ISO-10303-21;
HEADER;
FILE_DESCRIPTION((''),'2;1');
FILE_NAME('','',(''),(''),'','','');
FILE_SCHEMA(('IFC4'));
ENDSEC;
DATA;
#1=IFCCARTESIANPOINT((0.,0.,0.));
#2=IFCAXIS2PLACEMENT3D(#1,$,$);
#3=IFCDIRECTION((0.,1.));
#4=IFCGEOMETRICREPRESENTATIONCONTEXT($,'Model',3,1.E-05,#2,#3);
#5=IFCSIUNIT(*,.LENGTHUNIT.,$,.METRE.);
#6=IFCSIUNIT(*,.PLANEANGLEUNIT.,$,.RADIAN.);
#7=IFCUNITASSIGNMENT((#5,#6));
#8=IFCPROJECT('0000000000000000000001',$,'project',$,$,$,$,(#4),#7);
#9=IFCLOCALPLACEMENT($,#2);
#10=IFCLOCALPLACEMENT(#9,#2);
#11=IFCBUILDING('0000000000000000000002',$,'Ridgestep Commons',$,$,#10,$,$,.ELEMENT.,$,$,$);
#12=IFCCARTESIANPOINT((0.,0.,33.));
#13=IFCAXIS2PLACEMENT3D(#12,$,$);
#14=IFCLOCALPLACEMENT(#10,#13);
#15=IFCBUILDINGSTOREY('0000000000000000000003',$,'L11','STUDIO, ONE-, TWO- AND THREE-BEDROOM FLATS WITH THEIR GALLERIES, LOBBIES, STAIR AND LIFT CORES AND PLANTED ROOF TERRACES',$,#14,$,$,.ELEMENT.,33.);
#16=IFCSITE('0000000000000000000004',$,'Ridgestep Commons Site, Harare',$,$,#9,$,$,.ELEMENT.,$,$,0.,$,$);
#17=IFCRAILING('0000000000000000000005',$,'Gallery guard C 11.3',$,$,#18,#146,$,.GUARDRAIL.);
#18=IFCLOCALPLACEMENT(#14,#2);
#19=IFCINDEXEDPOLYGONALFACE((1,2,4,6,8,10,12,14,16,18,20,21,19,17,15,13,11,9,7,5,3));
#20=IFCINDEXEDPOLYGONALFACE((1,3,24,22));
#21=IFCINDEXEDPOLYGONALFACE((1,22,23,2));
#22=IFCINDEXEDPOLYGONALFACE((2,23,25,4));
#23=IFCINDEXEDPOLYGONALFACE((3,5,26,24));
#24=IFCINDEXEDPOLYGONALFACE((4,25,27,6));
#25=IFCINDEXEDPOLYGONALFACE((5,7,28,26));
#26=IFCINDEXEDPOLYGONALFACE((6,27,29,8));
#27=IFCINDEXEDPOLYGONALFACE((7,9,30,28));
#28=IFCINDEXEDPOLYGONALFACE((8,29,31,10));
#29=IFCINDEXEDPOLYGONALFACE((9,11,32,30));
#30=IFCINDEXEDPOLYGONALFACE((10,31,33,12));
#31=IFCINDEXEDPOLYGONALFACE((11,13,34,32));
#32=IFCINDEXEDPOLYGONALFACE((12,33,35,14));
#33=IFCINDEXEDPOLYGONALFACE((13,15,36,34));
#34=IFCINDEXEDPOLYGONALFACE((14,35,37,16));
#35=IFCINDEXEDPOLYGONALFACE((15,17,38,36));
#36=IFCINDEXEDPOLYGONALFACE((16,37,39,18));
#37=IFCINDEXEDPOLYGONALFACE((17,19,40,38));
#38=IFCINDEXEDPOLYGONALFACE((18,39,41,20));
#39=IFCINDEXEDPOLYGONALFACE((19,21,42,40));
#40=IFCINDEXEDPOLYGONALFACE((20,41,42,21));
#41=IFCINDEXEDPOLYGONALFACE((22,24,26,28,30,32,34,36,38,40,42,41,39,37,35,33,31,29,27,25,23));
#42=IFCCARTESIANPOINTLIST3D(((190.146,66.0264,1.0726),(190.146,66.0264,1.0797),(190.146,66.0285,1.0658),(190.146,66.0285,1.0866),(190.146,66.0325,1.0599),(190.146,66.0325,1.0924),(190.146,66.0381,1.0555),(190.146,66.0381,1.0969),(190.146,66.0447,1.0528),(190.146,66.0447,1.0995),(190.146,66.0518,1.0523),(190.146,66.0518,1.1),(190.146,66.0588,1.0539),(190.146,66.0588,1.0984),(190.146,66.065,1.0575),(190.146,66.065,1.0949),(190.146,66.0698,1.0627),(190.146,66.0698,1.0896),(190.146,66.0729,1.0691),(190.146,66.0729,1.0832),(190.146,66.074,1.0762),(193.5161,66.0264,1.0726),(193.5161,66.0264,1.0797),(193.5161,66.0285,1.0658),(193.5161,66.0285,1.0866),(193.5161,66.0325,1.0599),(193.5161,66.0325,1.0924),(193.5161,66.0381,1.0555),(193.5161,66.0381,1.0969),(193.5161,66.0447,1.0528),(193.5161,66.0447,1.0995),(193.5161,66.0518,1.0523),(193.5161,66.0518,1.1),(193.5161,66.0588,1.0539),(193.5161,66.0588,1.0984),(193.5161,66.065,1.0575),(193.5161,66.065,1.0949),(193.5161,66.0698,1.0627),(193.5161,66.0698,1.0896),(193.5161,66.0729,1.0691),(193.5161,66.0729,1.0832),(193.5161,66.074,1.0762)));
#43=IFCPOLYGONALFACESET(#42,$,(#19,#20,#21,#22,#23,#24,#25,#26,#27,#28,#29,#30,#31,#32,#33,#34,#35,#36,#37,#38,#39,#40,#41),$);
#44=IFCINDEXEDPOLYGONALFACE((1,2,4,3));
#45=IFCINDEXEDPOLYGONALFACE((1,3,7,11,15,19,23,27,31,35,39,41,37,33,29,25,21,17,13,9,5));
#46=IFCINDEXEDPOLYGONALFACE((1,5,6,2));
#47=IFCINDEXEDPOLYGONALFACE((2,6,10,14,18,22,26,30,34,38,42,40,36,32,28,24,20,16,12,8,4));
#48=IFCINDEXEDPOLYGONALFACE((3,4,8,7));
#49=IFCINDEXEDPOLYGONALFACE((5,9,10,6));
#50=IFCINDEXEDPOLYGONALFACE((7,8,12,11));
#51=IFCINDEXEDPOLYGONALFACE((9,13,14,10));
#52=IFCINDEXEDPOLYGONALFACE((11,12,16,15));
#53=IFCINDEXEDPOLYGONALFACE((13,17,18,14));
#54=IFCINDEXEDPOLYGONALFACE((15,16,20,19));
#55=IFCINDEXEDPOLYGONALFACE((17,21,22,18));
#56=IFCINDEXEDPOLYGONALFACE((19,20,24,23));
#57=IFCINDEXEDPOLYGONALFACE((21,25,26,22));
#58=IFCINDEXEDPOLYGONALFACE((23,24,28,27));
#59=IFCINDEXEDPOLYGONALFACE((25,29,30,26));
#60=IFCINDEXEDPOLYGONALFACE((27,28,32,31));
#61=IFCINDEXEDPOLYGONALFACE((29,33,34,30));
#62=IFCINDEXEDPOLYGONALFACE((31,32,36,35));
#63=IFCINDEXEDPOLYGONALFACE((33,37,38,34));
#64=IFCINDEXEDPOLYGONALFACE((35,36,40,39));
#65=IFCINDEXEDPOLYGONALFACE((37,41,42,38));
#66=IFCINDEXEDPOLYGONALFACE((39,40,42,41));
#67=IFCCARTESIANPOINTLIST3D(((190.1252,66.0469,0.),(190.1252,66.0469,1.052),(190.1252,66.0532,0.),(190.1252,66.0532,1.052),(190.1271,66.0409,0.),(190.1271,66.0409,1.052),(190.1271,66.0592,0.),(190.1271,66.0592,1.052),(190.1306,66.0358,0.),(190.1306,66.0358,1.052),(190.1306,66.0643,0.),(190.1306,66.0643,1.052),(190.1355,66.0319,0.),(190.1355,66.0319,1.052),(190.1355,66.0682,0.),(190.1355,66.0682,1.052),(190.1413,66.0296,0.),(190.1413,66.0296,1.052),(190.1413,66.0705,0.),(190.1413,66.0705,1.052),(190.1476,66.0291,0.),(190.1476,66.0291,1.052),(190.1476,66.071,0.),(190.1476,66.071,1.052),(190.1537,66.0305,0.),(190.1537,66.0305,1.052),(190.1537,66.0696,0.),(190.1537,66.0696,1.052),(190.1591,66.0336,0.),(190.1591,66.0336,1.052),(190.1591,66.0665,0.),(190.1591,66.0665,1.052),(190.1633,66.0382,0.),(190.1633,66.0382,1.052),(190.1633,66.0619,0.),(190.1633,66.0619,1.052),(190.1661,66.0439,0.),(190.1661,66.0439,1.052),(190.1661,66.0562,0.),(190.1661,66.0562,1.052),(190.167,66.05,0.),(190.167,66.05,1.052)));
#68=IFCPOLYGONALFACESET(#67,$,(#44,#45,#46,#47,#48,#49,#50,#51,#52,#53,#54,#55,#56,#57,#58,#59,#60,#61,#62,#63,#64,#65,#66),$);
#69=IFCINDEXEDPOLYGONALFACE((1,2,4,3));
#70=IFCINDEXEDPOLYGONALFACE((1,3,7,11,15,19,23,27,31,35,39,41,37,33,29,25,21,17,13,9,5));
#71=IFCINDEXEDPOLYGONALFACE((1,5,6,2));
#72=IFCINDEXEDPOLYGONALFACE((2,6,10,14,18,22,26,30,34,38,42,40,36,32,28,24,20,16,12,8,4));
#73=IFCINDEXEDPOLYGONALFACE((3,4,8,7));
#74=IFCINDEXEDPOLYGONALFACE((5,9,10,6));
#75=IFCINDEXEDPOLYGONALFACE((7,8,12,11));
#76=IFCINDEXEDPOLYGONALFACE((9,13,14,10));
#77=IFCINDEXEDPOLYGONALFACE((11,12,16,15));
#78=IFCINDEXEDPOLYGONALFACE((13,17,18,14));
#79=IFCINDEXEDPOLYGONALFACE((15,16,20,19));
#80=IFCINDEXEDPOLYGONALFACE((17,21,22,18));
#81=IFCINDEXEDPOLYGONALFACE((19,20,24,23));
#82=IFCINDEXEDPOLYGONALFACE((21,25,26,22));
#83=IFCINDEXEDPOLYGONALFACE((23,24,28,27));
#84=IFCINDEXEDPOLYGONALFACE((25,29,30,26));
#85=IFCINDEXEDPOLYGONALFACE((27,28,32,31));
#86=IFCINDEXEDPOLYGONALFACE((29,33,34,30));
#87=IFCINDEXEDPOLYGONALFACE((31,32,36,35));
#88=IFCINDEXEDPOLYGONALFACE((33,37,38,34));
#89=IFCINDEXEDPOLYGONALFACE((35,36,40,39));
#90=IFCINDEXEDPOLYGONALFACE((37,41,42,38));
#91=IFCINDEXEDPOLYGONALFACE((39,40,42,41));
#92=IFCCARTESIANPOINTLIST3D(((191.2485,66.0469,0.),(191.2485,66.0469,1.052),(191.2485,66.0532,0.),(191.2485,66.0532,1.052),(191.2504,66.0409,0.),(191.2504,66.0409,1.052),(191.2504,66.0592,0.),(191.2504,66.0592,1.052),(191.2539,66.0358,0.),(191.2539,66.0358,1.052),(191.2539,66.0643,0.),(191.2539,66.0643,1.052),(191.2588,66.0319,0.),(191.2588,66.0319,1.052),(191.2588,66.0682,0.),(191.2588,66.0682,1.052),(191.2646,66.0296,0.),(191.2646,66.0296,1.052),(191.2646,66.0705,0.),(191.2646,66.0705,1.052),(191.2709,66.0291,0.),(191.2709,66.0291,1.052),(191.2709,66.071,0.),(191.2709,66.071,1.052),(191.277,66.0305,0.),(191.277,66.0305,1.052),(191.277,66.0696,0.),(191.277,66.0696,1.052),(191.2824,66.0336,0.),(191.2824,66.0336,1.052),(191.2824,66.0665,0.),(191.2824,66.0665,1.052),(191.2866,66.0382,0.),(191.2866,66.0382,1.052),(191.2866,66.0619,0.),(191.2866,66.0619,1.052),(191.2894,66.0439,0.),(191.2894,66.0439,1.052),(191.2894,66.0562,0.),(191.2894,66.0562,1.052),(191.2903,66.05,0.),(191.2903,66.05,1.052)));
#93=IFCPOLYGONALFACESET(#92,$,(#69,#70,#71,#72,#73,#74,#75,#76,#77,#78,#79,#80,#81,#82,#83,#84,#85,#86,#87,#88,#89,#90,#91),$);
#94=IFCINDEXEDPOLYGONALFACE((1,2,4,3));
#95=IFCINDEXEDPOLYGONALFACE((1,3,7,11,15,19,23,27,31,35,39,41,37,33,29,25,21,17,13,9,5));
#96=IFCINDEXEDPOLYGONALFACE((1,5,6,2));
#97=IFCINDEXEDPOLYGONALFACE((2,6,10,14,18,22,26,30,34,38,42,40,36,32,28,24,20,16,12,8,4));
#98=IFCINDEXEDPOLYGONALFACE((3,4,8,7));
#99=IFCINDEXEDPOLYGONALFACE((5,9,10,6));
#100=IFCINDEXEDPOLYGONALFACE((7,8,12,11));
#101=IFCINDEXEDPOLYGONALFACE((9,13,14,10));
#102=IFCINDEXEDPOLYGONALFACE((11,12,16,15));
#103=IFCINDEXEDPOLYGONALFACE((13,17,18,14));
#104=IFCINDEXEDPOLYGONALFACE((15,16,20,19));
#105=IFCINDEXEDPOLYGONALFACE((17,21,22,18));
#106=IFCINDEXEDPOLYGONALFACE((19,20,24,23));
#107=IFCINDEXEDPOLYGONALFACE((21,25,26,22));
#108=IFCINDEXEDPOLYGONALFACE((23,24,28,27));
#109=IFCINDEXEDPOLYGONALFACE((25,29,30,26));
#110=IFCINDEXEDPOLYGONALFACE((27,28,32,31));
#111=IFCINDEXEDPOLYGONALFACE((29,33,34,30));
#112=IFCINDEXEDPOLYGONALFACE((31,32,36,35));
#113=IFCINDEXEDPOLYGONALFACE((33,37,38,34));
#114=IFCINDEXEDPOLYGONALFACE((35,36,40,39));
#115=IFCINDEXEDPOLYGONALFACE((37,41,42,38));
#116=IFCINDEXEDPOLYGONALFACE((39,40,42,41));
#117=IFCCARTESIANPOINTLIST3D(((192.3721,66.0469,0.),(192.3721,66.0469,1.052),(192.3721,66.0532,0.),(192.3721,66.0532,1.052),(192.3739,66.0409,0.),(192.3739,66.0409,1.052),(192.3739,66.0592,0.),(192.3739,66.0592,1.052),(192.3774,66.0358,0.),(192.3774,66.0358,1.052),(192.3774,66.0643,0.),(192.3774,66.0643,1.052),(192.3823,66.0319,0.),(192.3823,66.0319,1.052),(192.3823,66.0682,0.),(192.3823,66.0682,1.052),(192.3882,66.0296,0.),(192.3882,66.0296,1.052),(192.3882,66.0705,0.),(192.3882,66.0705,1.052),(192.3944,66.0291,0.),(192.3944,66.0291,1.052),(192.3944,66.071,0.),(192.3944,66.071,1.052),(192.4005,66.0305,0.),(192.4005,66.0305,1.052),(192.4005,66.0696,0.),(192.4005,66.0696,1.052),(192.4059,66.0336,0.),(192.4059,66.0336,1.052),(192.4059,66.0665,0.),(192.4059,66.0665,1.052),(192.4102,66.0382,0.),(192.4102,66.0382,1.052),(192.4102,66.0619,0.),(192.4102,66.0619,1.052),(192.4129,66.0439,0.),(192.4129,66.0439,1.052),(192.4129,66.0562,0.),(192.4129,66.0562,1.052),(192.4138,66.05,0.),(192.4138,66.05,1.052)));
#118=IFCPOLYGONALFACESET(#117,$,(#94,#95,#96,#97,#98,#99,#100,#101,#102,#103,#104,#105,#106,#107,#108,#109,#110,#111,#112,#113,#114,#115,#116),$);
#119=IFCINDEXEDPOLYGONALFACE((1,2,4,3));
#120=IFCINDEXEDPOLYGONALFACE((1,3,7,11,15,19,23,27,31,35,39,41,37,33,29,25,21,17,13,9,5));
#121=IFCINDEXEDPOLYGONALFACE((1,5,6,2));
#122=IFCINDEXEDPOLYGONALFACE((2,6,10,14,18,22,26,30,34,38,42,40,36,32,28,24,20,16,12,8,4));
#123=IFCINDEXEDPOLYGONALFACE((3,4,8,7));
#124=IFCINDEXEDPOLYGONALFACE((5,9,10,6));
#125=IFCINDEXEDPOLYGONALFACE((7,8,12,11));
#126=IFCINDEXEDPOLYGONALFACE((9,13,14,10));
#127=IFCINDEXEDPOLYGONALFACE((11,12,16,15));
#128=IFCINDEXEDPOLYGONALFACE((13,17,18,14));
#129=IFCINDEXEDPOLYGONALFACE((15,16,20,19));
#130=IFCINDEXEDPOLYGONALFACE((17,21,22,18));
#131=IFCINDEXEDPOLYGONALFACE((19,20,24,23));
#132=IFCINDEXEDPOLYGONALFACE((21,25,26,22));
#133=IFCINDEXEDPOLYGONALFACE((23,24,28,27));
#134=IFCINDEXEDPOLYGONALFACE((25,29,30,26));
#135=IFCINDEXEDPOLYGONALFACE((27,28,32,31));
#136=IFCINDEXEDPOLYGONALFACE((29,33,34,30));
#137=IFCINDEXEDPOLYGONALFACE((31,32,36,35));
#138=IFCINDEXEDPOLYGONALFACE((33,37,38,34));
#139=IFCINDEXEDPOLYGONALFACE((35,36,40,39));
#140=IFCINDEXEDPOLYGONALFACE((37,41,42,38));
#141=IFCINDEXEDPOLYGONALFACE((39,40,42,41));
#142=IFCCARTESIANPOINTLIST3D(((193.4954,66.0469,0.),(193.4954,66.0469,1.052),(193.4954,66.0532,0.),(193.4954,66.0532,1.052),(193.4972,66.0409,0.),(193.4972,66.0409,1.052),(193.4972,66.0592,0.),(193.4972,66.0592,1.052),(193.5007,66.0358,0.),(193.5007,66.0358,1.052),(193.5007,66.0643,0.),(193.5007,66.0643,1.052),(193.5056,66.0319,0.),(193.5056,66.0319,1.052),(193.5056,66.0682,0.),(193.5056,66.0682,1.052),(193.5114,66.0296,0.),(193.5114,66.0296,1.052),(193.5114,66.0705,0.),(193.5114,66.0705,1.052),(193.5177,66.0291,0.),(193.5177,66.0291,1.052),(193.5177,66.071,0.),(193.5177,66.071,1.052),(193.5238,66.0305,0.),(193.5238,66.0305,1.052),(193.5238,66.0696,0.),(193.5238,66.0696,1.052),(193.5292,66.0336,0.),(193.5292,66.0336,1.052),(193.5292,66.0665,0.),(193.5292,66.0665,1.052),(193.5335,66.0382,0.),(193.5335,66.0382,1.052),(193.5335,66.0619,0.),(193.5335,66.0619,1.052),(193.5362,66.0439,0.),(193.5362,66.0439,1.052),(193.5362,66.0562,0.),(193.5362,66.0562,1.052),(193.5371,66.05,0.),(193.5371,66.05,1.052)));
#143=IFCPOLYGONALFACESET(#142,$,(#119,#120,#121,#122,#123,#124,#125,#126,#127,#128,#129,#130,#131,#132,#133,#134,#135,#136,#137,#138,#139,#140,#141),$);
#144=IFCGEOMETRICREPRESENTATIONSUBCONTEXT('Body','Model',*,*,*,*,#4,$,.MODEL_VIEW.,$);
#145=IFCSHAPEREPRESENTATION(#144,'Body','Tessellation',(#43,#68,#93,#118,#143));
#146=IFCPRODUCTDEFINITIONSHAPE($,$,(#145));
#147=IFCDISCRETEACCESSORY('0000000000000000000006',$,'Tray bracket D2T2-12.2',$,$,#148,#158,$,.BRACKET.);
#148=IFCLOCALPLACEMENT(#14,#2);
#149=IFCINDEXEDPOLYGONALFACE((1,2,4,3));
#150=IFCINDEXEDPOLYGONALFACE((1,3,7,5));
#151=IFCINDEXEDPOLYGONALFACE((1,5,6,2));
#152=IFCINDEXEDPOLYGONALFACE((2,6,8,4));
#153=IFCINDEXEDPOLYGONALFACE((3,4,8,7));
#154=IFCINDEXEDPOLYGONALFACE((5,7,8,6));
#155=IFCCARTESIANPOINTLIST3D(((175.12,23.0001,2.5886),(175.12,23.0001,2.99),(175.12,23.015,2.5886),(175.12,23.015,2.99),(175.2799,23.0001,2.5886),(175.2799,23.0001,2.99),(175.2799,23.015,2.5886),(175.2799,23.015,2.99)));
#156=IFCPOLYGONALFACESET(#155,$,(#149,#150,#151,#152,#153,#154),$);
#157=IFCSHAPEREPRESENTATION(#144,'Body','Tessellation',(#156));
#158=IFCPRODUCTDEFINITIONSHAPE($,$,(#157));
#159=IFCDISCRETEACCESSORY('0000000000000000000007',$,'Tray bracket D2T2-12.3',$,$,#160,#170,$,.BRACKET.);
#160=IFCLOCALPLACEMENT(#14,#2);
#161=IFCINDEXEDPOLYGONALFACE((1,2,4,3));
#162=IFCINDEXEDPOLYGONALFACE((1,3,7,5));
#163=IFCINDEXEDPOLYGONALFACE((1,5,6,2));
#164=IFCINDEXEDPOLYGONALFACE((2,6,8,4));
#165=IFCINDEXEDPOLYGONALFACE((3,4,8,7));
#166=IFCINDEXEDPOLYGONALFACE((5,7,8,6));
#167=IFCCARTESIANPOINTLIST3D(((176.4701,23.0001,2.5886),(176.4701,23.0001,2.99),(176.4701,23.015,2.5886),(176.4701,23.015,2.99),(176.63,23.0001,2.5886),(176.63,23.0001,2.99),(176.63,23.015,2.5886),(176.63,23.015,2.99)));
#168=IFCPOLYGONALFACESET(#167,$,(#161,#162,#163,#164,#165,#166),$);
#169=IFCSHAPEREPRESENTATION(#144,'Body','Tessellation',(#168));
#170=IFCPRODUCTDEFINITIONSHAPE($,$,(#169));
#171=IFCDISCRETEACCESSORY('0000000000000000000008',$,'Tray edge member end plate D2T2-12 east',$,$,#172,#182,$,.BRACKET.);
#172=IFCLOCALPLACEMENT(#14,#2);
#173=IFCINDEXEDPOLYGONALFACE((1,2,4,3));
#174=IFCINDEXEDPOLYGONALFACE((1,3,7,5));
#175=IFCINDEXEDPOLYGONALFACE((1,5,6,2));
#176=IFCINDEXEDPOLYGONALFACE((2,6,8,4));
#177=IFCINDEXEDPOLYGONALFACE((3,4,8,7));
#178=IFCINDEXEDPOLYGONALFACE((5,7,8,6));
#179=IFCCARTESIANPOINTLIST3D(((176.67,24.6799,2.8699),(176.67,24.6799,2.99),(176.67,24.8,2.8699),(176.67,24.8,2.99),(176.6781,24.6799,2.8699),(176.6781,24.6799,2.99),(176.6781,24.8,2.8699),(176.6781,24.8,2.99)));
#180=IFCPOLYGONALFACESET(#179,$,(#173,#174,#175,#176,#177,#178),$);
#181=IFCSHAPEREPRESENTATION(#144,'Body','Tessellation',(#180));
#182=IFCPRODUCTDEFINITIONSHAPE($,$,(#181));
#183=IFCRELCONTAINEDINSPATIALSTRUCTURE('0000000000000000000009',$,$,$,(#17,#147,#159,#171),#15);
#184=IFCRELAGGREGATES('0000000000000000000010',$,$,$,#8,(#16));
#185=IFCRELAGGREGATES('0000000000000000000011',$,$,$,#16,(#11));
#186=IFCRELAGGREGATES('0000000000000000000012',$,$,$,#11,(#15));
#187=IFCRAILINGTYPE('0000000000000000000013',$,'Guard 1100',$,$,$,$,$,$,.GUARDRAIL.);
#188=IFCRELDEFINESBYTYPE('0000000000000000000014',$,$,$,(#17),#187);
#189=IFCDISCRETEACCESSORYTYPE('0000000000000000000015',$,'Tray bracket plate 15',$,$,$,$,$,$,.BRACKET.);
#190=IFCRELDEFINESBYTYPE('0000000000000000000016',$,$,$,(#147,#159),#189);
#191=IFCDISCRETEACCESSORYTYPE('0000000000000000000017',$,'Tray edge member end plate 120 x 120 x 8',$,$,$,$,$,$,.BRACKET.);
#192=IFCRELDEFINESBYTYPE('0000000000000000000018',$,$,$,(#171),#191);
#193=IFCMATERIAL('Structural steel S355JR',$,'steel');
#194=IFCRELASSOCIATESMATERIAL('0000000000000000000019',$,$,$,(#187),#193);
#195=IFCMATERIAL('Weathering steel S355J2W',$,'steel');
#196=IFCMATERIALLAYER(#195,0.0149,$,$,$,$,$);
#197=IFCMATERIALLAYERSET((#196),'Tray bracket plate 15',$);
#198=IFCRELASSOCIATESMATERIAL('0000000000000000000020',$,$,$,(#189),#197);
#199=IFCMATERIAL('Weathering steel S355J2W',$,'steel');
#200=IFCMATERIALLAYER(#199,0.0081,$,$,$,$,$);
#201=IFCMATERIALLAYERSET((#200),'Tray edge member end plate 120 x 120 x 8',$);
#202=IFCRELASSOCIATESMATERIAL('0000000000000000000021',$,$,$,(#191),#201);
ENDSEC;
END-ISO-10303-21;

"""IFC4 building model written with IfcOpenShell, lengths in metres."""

from ifc_helpers import new_model, si_unit, direction, frame, origin, origin_2d, place, context, subcontext, project, spatial, rectangle, circle, extrude, material, layer, layer_set, type_object, element, save


model = new_model("IFC4")

# Units and contexts
model_context = context("Model", 3, precision=1e-05, world=origin(), true_north=direction((0.0, 1.0)))
body_context = subcontext(model_context, "Body", "Model", "MODEL_VIEW")
ifc_project = project(units=[si_unit("LENGTHUNIT", "METRE"), si_unit("PLANEANGLEUNIT", "RADIAN")], contexts=[model_context])

# Site, building, storey
site_placement = place(None, origin())
site = spatial("IfcSite", under=ifc_project, at=site_placement, Name="Ridgestep Commons Site, Harare", CompositionType="ELEMENT", RefElevation=0.0)
building_placement = place(site_placement, origin())
building = spatial("IfcBuilding", under=site, at=building_placement, Name="Ridgestep Commons", CompositionType="ELEMENT")
storey_placement = place(building_placement, frame((0.0, 0.0, 33.0)))
storey = spatial("IfcBuildingStorey", under=building, at=storey_placement, Name="L11", Description="STUDIO, ONE-, TWO- AND THREE-BEDROOM FLATS WITH THEIR GALLERIES, LOBBIES, STAIR AND LIFT CORES AND PLANTED ROOF TERRACES", CompositionType="ELEMENT", Elevation=33.0)

# Railing
ifc_material_1 = material(Name="Structural steel S355JR", Category="steel")
railing_type = type_object("IfcRailingType", Name="Guard 1100", PredefinedType="GUARDRAIL", material=ifc_material_1)
railing_1_placement = place(storey_placement, frame((190.146, 66.05, 0.0)))
element("IfcRailing", 1, at=railing_1_placement, inside=storey, type_object=railing_type, Name="Gallery guard C 11.3", PredefinedType="GUARDRAIL", context=body_context, shape_type="SweptSolid", body=[
    extrude(circle(Radius=0.0239, at=origin_2d()), frame((0.0, 0.0, 1.0762), z_axis=(1.0, 0.0, 0.0), x_axis=(0.0, 1.0, 0.0)), (0.0, 0.0, 1.0), 3.3701),
    extrude(circle(Radius=0.021, at=origin_2d()), origin(), (0.0, 0.0, 1.0), 1.052),
    extrude(circle(Radius=0.021, at=origin_2d()), frame((1.1233, 0.0, 0.0)), (0.0, 0.0, 1.0), 1.052),
    extrude(circle(Radius=0.021, at=origin_2d()), frame((2.2468, 0.0, 0.0)), (0.0, 0.0, 1.0), 1.052),
    extrude(circle(Radius=0.021, at=origin_2d()), frame((3.3701, 0.0, 0.0)), (0.0, 0.0, 1.0), 1.052),
])

# Discrete accessories
ifc_material_2 = material(Name="Weathering steel S355J2W", Category="steel")
ifc_layer_1 = layer(ifc_material_2, 0.0149)
ifc_layer_set_1 = layer_set([ifc_layer_1], Name="Tray bracket plate 15")
discrete_accessory_type_1 = type_object("IfcDiscreteAccessoryType", Name="Tray bracket plate 15", PredefinedType="BRACKET", material=ifc_layer_set_1)
for number, where, z_axis, x_axis, name in (
    (2, (175.2, 23.0076, 2.5886), (0.0, 0.0, 1.0), (1.0, 0.0, 0.0), "Tray bracket D2T2-12.2"),
    (3, (176.55, 23.0076, 2.5886), (0.0, 0.0, 1.0), (1.0, 0.0, 0.0), "Tray bracket D2T2-12.3"),
):
    element("IfcDiscreteAccessory", number, at=place(storey_placement, frame(where, z_axis=z_axis, x_axis=x_axis)), inside=storey, type_object=discrete_accessory_type_1, Name=name, PredefinedType="BRACKET", context=body_context, shape_type="SweptSolid", body=[
        extrude(rectangle(XDim=0.1599, YDim=0.0149, at=origin_2d()), origin(), (0.0, 0.0, 1.0), 0.4014),
    ])
ifc_material_3 = material(Name="Weathering steel S355J2W", Category="steel")
ifc_layer_2 = layer(ifc_material_3, 0.0081)
ifc_layer_set_2 = layer_set([ifc_layer_2], Name="Tray edge member end plate 120 x 120 x 8")
discrete_accessory_type_2 = type_object("IfcDiscreteAccessoryType", Name="Tray edge member end plate 120 x 120 x 8", PredefinedType="BRACKET", material=ifc_layer_set_2)
discrete_accessory_placement = place(storey_placement, frame((176.6741, 24.74, 2.8699), z_axis=(0.0, 0.0, 1.0), x_axis=(1.0, 0.0, 0.0)))
element("IfcDiscreteAccessory", 4, at=discrete_accessory_placement, inside=storey, type_object=discrete_accessory_type_2, Name="Tray edge member end plate D2T2-12 east", PredefinedType="BRACKET", context=body_context, shape_type="SweptSolid", body=[
    extrude(rectangle(XDim=0.0081, YDim=0.1201, at=origin_2d()), origin(), (0.0, 0.0, 1.0), 0.1201),
])

save(model, "model.ifc")
